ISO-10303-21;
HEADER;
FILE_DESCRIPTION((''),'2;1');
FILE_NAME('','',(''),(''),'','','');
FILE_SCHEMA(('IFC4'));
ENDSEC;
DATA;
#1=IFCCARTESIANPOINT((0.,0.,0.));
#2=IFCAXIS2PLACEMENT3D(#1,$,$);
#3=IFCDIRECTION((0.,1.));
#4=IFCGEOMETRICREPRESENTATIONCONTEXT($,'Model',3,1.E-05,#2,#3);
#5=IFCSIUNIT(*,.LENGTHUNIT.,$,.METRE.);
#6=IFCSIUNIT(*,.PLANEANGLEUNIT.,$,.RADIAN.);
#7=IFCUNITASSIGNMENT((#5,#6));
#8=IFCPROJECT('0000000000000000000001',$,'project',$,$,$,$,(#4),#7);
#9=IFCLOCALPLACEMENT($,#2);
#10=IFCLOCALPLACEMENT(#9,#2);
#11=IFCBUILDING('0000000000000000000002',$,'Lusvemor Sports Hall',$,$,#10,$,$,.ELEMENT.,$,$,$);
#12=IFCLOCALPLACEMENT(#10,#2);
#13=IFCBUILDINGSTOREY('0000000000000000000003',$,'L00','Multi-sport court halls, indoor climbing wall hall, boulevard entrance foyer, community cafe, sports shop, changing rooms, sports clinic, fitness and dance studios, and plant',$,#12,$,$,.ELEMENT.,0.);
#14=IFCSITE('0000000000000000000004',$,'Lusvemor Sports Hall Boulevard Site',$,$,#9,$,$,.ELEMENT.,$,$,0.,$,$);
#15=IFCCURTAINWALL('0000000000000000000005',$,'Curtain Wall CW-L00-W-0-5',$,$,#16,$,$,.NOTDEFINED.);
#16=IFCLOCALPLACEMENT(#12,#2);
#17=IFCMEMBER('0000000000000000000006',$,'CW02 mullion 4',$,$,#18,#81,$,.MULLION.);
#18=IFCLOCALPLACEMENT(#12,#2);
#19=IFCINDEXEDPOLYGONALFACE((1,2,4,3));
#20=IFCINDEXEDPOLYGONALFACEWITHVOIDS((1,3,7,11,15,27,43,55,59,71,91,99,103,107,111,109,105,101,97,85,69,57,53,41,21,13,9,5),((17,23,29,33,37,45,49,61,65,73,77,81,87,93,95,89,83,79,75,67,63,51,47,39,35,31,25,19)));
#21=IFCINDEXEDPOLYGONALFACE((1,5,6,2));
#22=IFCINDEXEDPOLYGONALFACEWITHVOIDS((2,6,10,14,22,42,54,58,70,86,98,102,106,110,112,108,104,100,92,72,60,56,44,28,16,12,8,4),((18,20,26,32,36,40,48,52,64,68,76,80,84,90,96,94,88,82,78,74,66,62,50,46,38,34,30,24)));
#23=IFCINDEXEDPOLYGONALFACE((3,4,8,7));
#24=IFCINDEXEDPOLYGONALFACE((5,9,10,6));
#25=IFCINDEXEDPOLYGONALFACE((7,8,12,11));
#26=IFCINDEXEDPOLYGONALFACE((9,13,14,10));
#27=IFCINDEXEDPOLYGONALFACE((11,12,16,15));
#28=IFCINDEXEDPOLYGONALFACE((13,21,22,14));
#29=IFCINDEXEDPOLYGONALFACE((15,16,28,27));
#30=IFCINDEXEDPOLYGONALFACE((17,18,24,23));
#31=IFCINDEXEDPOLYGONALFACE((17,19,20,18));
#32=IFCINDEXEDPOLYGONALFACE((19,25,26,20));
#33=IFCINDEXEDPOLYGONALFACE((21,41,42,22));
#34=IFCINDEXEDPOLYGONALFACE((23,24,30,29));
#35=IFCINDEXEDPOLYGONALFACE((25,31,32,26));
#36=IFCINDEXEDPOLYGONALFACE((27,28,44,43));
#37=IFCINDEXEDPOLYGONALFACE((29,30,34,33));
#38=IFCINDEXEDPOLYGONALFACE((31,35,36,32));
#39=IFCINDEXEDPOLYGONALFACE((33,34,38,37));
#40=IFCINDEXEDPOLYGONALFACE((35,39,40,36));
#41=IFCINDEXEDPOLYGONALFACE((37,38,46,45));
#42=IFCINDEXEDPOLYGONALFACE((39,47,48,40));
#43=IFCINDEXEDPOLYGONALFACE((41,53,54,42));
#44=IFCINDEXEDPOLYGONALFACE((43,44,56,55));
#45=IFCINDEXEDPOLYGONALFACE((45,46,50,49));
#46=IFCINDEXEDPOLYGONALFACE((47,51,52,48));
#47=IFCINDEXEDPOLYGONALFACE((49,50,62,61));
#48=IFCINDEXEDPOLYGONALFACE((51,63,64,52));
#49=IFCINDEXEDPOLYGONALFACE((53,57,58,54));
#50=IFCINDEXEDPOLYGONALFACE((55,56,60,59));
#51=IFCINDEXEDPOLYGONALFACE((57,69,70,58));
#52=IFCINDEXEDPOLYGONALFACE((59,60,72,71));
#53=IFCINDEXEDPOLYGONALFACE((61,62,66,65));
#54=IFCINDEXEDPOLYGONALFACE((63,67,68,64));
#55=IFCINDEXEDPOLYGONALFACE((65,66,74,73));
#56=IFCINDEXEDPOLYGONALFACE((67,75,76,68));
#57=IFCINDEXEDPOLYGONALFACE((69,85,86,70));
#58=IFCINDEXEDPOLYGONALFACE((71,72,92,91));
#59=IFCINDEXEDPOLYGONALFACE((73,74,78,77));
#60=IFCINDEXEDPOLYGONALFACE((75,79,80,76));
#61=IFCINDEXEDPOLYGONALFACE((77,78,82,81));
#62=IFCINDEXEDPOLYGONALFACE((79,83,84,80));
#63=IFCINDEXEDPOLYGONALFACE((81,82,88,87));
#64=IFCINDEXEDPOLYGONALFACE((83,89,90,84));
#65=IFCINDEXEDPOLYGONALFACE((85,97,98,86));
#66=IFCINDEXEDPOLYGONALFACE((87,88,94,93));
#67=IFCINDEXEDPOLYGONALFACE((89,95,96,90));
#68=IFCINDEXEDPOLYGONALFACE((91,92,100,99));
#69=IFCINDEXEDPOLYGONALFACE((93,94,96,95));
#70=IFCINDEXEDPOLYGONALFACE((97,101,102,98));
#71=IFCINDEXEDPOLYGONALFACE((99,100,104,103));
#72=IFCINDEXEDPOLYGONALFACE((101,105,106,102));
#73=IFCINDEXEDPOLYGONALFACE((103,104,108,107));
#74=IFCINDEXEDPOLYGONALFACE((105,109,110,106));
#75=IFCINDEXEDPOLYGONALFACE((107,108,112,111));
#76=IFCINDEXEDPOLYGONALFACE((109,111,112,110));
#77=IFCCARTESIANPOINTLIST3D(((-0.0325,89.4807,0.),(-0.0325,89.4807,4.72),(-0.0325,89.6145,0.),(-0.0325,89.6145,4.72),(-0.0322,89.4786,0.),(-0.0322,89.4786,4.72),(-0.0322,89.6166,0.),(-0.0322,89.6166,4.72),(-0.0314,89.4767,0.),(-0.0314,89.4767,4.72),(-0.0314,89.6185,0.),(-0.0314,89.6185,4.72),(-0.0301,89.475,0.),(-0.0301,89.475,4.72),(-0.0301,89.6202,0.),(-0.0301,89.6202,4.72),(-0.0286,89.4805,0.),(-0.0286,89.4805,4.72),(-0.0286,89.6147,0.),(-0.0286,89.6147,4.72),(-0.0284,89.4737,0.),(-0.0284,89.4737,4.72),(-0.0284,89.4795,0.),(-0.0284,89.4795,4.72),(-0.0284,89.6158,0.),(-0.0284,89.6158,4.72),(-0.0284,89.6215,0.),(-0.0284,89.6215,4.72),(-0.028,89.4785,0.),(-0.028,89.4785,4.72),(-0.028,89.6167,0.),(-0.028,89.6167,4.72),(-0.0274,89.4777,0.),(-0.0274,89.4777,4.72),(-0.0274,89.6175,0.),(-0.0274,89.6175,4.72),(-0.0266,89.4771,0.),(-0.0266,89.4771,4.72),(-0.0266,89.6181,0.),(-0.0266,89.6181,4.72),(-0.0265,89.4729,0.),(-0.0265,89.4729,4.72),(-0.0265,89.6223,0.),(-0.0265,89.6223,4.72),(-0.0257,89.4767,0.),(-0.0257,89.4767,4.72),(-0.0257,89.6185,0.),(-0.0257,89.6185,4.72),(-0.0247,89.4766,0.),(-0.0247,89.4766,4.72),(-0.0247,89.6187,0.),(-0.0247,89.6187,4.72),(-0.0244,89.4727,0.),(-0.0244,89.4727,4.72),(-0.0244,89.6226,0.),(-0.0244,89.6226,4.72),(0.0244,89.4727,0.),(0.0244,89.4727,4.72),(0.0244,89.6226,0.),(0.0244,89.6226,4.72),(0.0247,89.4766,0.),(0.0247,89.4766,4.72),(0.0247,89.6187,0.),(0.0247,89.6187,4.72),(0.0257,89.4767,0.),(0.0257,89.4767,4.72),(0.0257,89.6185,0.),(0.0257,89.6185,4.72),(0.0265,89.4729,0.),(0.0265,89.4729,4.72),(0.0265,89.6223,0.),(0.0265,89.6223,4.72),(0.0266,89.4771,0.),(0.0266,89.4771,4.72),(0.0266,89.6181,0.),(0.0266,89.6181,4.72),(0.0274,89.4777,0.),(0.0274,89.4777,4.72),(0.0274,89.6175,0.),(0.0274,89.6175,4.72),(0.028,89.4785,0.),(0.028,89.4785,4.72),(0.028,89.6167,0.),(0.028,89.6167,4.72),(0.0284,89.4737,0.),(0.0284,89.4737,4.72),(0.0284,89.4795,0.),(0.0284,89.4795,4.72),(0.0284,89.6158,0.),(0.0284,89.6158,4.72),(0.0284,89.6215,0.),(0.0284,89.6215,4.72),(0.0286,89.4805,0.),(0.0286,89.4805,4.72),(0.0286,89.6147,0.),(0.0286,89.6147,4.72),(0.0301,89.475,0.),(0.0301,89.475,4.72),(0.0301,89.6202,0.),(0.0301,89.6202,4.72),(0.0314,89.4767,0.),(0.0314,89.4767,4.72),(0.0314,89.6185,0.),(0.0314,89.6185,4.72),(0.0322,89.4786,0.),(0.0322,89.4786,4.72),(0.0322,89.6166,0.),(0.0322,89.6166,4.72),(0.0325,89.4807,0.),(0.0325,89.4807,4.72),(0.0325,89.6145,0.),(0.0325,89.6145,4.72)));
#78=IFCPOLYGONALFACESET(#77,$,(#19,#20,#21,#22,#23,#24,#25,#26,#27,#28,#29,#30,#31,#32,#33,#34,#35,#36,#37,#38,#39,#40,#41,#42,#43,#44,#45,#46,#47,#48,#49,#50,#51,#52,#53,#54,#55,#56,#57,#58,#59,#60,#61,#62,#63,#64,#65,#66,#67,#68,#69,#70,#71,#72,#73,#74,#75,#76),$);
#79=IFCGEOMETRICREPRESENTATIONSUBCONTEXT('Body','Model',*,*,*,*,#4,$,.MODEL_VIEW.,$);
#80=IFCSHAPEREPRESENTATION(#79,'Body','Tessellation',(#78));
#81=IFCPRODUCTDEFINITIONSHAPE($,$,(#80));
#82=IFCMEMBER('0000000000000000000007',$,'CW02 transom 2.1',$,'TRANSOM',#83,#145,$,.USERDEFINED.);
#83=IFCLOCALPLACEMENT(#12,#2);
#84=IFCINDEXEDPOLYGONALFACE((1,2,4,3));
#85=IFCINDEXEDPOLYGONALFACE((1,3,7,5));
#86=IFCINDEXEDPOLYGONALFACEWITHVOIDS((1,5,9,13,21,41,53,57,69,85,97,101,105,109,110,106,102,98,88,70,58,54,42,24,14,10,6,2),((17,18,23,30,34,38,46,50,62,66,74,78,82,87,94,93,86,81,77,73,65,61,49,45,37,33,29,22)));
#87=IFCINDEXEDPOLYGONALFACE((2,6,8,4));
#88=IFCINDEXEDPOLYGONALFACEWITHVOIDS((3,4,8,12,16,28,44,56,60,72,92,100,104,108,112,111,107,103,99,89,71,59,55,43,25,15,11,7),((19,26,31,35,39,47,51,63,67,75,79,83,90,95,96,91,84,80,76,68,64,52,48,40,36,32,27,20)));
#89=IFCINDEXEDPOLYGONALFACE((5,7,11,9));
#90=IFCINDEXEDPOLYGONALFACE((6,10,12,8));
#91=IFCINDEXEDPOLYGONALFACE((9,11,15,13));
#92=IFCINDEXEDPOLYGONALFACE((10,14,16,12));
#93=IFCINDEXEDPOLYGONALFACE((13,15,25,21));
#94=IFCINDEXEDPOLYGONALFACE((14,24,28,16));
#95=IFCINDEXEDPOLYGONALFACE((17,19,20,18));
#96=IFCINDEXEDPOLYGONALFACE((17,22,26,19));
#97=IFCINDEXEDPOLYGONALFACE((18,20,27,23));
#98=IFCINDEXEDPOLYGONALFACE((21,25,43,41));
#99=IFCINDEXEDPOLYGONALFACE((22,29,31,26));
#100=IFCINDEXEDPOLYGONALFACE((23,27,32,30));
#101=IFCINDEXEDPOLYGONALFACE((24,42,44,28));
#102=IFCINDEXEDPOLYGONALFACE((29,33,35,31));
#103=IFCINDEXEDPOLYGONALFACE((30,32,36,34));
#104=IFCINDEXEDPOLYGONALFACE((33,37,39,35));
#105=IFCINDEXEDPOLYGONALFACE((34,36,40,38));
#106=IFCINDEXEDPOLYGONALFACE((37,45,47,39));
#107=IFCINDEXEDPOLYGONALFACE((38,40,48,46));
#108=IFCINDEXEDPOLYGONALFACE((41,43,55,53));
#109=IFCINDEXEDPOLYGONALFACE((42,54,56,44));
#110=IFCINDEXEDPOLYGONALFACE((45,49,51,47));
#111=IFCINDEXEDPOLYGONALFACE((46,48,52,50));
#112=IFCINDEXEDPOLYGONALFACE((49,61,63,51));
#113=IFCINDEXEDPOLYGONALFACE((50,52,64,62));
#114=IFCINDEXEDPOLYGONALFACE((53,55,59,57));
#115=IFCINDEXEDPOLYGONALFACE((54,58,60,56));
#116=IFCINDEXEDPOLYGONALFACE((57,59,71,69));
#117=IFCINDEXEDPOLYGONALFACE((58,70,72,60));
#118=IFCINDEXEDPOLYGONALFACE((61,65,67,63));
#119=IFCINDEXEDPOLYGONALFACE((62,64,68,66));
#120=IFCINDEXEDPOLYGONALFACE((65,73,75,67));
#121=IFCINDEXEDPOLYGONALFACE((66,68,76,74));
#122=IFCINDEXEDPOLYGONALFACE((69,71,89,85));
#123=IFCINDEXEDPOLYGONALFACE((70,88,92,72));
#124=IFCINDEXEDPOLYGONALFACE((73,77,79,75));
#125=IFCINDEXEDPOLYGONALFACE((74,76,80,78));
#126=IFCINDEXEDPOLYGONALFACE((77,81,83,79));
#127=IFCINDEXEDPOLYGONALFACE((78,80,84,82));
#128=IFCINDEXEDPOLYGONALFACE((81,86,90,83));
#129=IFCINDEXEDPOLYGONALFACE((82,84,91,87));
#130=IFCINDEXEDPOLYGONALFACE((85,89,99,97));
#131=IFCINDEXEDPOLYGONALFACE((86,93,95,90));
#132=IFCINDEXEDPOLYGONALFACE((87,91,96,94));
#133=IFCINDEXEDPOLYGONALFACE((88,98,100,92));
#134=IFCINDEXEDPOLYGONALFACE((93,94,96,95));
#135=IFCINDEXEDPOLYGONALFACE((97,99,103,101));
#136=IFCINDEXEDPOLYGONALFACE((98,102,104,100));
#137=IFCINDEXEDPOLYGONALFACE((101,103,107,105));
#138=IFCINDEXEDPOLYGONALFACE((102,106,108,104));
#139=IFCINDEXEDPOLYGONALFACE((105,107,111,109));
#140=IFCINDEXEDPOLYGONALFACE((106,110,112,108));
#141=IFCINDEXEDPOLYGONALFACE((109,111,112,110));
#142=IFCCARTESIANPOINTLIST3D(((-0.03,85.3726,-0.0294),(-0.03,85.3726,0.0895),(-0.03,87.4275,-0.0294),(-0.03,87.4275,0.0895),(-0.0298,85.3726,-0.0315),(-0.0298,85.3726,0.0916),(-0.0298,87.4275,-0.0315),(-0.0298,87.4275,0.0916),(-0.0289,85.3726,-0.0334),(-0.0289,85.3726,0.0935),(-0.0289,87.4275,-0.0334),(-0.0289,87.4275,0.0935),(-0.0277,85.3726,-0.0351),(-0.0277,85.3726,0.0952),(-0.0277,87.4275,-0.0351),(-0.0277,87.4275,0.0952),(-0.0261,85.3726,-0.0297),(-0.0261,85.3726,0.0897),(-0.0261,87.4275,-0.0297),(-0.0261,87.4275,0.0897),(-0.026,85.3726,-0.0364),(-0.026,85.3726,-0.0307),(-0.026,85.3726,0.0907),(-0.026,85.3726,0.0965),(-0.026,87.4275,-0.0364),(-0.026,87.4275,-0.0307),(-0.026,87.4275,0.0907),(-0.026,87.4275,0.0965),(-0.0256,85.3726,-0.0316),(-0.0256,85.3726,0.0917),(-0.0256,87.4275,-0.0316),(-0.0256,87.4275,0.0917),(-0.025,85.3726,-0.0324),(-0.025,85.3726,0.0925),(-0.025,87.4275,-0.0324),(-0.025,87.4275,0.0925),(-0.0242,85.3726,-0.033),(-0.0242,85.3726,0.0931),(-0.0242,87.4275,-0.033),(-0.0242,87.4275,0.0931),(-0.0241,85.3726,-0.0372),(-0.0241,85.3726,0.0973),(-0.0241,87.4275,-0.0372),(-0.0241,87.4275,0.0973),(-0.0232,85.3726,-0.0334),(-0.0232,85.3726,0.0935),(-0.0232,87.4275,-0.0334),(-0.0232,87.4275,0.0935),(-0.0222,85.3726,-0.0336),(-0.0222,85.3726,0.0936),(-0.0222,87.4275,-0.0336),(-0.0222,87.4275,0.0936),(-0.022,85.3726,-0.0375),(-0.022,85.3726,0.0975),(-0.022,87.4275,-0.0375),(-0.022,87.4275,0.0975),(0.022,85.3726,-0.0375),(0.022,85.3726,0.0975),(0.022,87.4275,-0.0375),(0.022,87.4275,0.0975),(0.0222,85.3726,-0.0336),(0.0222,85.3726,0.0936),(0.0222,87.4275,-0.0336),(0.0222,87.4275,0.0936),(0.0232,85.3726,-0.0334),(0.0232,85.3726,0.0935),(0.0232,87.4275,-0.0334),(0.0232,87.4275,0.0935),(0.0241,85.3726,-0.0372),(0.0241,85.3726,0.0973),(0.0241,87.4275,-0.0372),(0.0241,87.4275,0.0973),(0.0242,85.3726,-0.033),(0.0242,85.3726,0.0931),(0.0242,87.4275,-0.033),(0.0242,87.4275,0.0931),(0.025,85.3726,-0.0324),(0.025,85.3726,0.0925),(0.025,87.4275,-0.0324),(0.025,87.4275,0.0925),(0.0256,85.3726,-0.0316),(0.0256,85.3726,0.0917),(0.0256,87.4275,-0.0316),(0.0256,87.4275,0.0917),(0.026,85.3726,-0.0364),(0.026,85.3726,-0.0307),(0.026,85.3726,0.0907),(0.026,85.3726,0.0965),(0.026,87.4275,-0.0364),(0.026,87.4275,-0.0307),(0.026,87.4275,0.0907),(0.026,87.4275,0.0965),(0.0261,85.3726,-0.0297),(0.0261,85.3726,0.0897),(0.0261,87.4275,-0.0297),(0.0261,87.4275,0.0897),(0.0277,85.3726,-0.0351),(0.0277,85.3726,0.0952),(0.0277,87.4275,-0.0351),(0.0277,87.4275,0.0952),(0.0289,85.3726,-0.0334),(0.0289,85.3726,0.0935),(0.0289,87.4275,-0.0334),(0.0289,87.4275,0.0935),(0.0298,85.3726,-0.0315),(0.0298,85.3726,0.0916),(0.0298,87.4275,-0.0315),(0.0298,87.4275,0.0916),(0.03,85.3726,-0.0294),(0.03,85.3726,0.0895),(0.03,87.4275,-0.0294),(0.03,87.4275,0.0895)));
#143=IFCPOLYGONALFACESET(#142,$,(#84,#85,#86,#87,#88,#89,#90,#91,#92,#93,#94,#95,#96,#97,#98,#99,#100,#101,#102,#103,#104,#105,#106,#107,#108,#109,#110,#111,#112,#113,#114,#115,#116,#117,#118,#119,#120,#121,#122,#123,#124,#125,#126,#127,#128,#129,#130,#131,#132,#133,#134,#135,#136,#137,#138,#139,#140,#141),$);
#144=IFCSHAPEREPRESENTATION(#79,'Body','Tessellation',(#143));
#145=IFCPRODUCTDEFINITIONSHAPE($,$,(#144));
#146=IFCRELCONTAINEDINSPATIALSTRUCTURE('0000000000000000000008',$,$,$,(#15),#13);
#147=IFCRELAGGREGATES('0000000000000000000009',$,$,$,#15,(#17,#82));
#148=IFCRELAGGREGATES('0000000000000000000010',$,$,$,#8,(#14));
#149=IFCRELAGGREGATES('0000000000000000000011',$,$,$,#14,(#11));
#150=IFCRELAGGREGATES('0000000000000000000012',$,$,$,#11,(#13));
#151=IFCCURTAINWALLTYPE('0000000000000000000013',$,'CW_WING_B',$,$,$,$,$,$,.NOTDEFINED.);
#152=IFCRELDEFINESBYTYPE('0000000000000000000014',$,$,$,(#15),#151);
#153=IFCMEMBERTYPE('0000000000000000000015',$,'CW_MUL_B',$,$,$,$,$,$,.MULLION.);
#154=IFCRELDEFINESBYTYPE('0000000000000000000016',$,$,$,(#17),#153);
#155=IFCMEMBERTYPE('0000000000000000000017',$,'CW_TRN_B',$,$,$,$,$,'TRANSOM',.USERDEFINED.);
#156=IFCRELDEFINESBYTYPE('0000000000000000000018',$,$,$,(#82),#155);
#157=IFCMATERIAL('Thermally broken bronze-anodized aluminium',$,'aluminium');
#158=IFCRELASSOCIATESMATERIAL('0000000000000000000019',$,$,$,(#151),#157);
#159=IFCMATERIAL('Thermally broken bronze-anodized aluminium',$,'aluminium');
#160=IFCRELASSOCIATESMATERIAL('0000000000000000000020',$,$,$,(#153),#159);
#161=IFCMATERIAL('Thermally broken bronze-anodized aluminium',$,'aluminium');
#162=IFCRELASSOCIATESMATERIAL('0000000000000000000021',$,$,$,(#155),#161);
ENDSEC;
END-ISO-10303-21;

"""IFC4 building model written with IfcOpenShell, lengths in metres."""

from ifc_helpers import new_model, si_unit, direction, frame, origin, origin_2d, place, context, subcontext, project, spatial, hollow_rectangle, extrude, material, material_profile, profile_set, type_object, element, aggregate, save


model = new_model("IFC4")

# Units and contexts
model_context = context("Model", 3, precision=1e-05, world=origin(), true_north=direction((0.0, 1.0)))
body_context = subcontext(model_context, "Body", "Model", "MODEL_VIEW")
ifc_project = project(units=[si_unit("LENGTHUNIT", "METRE"), si_unit("PLANEANGLEUNIT", "RADIAN")], contexts=[model_context])

# Site, building, storey
site_placement = place(None, origin())
site = spatial("IfcSite", under=ifc_project, at=site_placement, Name="Lusvemor Sports Hall Boulevard Site", CompositionType="ELEMENT", RefElevation=0.0)
building_placement = place(site_placement, origin())
building = spatial("IfcBuilding", under=site, at=building_placement, Name="Lusvemor Sports Hall", CompositionType="ELEMENT")
storey_placement = place(building_placement, origin())
storey = spatial("IfcBuildingStorey", under=building, at=storey_placement, Name="L00", Description="Multi-sport court halls, indoor climbing wall hall, boulevard entrance foyer, community cafe, sports shop, changing rooms, sports clinic, fitness and dance studios, and plant", CompositionType="ELEMENT", Elevation=0.0)

# Curtain wall, members
ifc_material_1 = material(Name="Thermally broken bronze-anodized aluminium", Category="aluminium")
curtain_wall_type = type_object("IfcCurtainWallType", Name="CW_WING_B", PredefinedType="NOTDEFINED", material=ifc_material_1)
curtain_wall_placement = place(storey_placement, origin())
curtain_wall = element("IfcCurtainWall", 1, at=curtain_wall_placement, inside=storey, type_object=curtain_wall_type, Name="Curtain Wall CW-L00-W-0-5", PredefinedType="NOTDEFINED")
ifc_material_2 = material(Name="Thermally broken bronze-anodized aluminium", Category="aluminium")
ifc_material_profile_1 = material_profile(ifc_material_2, hollow_rectangle(XDim=0.0649, YDim=0.1499, WallThickness=0.0039, InnerFilletRadius=0.0039, OuterFilletRadius=0.0081, at=origin_2d()), Name="CWMUL150x65x4")
ifc_profile_set_1 = profile_set([ifc_material_profile_1], Name="Thermally broken bronze-anodized aluminium")
member_type_1 = type_object("IfcMemberType", Name="CW_MUL_B", PredefinedType="MULLION", material=ifc_profile_set_1)
member_1_placement = place(storey_placement, frame((0.0, 89.5476, 0.0), z_axis=(0.0, 0.0, 1.0), x_axis=(-1.0, 0.0, 0.0)))
member_1 = element("IfcMember", 2, at=member_1_placement, type_object=member_type_1, Name="CW02 mullion 4", PredefinedType="MULLION", context=body_context, shape_type="SweptSolid", body=[
    extrude(hollow_rectangle(XDim=0.0649, YDim=0.1499, WallThickness=0.0039, InnerFilletRadius=0.0039, OuterFilletRadius=0.0081, at=origin_2d()), origin(), (0.0, 0.0, 1.0), 4.72),
])
ifc_material_3 = material(Name="Thermally broken bronze-anodized aluminium", Category="aluminium")
ifc_material_profile_2 = material_profile(ifc_material_3, hollow_rectangle(XDim=0.0601, YDim=0.135, WallThickness=0.0039, InnerFilletRadius=0.0039, OuterFilletRadius=0.0081, at=origin_2d()), Name="CWTRN135x60x4")
ifc_profile_set_2 = profile_set([ifc_material_profile_2], Name="Thermally broken bronze-anodized aluminium")
member_type_2 = type_object("IfcMemberType", Name="CW_TRN_B", ElementType="TRANSOM", PredefinedType="USERDEFINED", material=ifc_profile_set_2)
member_2_placement = place(storey_placement, frame((0.0, 85.3726, 0.03), z_axis=(0.0, 1.0, 0.0), x_axis=(-1.0, 0.0, 0.0)))
member_2 = element("IfcMember", 3, at=member_2_placement, type_object=member_type_2, Name="CW02 transom 2.1", ObjectType="TRANSOM", PredefinedType="USERDEFINED", context=body_context, shape_type="SweptSolid", body=[
    extrude(hollow_rectangle(XDim=0.0601, YDim=0.135, WallThickness=0.0039, InnerFilletRadius=0.0039, OuterFilletRadius=0.0081, at=origin_2d()), origin(), (0.0, 0.0, 1.0), 2.0549),
])
aggregate(curtain_wall, [member_1, member_2])

save(model, "model.ifc")
